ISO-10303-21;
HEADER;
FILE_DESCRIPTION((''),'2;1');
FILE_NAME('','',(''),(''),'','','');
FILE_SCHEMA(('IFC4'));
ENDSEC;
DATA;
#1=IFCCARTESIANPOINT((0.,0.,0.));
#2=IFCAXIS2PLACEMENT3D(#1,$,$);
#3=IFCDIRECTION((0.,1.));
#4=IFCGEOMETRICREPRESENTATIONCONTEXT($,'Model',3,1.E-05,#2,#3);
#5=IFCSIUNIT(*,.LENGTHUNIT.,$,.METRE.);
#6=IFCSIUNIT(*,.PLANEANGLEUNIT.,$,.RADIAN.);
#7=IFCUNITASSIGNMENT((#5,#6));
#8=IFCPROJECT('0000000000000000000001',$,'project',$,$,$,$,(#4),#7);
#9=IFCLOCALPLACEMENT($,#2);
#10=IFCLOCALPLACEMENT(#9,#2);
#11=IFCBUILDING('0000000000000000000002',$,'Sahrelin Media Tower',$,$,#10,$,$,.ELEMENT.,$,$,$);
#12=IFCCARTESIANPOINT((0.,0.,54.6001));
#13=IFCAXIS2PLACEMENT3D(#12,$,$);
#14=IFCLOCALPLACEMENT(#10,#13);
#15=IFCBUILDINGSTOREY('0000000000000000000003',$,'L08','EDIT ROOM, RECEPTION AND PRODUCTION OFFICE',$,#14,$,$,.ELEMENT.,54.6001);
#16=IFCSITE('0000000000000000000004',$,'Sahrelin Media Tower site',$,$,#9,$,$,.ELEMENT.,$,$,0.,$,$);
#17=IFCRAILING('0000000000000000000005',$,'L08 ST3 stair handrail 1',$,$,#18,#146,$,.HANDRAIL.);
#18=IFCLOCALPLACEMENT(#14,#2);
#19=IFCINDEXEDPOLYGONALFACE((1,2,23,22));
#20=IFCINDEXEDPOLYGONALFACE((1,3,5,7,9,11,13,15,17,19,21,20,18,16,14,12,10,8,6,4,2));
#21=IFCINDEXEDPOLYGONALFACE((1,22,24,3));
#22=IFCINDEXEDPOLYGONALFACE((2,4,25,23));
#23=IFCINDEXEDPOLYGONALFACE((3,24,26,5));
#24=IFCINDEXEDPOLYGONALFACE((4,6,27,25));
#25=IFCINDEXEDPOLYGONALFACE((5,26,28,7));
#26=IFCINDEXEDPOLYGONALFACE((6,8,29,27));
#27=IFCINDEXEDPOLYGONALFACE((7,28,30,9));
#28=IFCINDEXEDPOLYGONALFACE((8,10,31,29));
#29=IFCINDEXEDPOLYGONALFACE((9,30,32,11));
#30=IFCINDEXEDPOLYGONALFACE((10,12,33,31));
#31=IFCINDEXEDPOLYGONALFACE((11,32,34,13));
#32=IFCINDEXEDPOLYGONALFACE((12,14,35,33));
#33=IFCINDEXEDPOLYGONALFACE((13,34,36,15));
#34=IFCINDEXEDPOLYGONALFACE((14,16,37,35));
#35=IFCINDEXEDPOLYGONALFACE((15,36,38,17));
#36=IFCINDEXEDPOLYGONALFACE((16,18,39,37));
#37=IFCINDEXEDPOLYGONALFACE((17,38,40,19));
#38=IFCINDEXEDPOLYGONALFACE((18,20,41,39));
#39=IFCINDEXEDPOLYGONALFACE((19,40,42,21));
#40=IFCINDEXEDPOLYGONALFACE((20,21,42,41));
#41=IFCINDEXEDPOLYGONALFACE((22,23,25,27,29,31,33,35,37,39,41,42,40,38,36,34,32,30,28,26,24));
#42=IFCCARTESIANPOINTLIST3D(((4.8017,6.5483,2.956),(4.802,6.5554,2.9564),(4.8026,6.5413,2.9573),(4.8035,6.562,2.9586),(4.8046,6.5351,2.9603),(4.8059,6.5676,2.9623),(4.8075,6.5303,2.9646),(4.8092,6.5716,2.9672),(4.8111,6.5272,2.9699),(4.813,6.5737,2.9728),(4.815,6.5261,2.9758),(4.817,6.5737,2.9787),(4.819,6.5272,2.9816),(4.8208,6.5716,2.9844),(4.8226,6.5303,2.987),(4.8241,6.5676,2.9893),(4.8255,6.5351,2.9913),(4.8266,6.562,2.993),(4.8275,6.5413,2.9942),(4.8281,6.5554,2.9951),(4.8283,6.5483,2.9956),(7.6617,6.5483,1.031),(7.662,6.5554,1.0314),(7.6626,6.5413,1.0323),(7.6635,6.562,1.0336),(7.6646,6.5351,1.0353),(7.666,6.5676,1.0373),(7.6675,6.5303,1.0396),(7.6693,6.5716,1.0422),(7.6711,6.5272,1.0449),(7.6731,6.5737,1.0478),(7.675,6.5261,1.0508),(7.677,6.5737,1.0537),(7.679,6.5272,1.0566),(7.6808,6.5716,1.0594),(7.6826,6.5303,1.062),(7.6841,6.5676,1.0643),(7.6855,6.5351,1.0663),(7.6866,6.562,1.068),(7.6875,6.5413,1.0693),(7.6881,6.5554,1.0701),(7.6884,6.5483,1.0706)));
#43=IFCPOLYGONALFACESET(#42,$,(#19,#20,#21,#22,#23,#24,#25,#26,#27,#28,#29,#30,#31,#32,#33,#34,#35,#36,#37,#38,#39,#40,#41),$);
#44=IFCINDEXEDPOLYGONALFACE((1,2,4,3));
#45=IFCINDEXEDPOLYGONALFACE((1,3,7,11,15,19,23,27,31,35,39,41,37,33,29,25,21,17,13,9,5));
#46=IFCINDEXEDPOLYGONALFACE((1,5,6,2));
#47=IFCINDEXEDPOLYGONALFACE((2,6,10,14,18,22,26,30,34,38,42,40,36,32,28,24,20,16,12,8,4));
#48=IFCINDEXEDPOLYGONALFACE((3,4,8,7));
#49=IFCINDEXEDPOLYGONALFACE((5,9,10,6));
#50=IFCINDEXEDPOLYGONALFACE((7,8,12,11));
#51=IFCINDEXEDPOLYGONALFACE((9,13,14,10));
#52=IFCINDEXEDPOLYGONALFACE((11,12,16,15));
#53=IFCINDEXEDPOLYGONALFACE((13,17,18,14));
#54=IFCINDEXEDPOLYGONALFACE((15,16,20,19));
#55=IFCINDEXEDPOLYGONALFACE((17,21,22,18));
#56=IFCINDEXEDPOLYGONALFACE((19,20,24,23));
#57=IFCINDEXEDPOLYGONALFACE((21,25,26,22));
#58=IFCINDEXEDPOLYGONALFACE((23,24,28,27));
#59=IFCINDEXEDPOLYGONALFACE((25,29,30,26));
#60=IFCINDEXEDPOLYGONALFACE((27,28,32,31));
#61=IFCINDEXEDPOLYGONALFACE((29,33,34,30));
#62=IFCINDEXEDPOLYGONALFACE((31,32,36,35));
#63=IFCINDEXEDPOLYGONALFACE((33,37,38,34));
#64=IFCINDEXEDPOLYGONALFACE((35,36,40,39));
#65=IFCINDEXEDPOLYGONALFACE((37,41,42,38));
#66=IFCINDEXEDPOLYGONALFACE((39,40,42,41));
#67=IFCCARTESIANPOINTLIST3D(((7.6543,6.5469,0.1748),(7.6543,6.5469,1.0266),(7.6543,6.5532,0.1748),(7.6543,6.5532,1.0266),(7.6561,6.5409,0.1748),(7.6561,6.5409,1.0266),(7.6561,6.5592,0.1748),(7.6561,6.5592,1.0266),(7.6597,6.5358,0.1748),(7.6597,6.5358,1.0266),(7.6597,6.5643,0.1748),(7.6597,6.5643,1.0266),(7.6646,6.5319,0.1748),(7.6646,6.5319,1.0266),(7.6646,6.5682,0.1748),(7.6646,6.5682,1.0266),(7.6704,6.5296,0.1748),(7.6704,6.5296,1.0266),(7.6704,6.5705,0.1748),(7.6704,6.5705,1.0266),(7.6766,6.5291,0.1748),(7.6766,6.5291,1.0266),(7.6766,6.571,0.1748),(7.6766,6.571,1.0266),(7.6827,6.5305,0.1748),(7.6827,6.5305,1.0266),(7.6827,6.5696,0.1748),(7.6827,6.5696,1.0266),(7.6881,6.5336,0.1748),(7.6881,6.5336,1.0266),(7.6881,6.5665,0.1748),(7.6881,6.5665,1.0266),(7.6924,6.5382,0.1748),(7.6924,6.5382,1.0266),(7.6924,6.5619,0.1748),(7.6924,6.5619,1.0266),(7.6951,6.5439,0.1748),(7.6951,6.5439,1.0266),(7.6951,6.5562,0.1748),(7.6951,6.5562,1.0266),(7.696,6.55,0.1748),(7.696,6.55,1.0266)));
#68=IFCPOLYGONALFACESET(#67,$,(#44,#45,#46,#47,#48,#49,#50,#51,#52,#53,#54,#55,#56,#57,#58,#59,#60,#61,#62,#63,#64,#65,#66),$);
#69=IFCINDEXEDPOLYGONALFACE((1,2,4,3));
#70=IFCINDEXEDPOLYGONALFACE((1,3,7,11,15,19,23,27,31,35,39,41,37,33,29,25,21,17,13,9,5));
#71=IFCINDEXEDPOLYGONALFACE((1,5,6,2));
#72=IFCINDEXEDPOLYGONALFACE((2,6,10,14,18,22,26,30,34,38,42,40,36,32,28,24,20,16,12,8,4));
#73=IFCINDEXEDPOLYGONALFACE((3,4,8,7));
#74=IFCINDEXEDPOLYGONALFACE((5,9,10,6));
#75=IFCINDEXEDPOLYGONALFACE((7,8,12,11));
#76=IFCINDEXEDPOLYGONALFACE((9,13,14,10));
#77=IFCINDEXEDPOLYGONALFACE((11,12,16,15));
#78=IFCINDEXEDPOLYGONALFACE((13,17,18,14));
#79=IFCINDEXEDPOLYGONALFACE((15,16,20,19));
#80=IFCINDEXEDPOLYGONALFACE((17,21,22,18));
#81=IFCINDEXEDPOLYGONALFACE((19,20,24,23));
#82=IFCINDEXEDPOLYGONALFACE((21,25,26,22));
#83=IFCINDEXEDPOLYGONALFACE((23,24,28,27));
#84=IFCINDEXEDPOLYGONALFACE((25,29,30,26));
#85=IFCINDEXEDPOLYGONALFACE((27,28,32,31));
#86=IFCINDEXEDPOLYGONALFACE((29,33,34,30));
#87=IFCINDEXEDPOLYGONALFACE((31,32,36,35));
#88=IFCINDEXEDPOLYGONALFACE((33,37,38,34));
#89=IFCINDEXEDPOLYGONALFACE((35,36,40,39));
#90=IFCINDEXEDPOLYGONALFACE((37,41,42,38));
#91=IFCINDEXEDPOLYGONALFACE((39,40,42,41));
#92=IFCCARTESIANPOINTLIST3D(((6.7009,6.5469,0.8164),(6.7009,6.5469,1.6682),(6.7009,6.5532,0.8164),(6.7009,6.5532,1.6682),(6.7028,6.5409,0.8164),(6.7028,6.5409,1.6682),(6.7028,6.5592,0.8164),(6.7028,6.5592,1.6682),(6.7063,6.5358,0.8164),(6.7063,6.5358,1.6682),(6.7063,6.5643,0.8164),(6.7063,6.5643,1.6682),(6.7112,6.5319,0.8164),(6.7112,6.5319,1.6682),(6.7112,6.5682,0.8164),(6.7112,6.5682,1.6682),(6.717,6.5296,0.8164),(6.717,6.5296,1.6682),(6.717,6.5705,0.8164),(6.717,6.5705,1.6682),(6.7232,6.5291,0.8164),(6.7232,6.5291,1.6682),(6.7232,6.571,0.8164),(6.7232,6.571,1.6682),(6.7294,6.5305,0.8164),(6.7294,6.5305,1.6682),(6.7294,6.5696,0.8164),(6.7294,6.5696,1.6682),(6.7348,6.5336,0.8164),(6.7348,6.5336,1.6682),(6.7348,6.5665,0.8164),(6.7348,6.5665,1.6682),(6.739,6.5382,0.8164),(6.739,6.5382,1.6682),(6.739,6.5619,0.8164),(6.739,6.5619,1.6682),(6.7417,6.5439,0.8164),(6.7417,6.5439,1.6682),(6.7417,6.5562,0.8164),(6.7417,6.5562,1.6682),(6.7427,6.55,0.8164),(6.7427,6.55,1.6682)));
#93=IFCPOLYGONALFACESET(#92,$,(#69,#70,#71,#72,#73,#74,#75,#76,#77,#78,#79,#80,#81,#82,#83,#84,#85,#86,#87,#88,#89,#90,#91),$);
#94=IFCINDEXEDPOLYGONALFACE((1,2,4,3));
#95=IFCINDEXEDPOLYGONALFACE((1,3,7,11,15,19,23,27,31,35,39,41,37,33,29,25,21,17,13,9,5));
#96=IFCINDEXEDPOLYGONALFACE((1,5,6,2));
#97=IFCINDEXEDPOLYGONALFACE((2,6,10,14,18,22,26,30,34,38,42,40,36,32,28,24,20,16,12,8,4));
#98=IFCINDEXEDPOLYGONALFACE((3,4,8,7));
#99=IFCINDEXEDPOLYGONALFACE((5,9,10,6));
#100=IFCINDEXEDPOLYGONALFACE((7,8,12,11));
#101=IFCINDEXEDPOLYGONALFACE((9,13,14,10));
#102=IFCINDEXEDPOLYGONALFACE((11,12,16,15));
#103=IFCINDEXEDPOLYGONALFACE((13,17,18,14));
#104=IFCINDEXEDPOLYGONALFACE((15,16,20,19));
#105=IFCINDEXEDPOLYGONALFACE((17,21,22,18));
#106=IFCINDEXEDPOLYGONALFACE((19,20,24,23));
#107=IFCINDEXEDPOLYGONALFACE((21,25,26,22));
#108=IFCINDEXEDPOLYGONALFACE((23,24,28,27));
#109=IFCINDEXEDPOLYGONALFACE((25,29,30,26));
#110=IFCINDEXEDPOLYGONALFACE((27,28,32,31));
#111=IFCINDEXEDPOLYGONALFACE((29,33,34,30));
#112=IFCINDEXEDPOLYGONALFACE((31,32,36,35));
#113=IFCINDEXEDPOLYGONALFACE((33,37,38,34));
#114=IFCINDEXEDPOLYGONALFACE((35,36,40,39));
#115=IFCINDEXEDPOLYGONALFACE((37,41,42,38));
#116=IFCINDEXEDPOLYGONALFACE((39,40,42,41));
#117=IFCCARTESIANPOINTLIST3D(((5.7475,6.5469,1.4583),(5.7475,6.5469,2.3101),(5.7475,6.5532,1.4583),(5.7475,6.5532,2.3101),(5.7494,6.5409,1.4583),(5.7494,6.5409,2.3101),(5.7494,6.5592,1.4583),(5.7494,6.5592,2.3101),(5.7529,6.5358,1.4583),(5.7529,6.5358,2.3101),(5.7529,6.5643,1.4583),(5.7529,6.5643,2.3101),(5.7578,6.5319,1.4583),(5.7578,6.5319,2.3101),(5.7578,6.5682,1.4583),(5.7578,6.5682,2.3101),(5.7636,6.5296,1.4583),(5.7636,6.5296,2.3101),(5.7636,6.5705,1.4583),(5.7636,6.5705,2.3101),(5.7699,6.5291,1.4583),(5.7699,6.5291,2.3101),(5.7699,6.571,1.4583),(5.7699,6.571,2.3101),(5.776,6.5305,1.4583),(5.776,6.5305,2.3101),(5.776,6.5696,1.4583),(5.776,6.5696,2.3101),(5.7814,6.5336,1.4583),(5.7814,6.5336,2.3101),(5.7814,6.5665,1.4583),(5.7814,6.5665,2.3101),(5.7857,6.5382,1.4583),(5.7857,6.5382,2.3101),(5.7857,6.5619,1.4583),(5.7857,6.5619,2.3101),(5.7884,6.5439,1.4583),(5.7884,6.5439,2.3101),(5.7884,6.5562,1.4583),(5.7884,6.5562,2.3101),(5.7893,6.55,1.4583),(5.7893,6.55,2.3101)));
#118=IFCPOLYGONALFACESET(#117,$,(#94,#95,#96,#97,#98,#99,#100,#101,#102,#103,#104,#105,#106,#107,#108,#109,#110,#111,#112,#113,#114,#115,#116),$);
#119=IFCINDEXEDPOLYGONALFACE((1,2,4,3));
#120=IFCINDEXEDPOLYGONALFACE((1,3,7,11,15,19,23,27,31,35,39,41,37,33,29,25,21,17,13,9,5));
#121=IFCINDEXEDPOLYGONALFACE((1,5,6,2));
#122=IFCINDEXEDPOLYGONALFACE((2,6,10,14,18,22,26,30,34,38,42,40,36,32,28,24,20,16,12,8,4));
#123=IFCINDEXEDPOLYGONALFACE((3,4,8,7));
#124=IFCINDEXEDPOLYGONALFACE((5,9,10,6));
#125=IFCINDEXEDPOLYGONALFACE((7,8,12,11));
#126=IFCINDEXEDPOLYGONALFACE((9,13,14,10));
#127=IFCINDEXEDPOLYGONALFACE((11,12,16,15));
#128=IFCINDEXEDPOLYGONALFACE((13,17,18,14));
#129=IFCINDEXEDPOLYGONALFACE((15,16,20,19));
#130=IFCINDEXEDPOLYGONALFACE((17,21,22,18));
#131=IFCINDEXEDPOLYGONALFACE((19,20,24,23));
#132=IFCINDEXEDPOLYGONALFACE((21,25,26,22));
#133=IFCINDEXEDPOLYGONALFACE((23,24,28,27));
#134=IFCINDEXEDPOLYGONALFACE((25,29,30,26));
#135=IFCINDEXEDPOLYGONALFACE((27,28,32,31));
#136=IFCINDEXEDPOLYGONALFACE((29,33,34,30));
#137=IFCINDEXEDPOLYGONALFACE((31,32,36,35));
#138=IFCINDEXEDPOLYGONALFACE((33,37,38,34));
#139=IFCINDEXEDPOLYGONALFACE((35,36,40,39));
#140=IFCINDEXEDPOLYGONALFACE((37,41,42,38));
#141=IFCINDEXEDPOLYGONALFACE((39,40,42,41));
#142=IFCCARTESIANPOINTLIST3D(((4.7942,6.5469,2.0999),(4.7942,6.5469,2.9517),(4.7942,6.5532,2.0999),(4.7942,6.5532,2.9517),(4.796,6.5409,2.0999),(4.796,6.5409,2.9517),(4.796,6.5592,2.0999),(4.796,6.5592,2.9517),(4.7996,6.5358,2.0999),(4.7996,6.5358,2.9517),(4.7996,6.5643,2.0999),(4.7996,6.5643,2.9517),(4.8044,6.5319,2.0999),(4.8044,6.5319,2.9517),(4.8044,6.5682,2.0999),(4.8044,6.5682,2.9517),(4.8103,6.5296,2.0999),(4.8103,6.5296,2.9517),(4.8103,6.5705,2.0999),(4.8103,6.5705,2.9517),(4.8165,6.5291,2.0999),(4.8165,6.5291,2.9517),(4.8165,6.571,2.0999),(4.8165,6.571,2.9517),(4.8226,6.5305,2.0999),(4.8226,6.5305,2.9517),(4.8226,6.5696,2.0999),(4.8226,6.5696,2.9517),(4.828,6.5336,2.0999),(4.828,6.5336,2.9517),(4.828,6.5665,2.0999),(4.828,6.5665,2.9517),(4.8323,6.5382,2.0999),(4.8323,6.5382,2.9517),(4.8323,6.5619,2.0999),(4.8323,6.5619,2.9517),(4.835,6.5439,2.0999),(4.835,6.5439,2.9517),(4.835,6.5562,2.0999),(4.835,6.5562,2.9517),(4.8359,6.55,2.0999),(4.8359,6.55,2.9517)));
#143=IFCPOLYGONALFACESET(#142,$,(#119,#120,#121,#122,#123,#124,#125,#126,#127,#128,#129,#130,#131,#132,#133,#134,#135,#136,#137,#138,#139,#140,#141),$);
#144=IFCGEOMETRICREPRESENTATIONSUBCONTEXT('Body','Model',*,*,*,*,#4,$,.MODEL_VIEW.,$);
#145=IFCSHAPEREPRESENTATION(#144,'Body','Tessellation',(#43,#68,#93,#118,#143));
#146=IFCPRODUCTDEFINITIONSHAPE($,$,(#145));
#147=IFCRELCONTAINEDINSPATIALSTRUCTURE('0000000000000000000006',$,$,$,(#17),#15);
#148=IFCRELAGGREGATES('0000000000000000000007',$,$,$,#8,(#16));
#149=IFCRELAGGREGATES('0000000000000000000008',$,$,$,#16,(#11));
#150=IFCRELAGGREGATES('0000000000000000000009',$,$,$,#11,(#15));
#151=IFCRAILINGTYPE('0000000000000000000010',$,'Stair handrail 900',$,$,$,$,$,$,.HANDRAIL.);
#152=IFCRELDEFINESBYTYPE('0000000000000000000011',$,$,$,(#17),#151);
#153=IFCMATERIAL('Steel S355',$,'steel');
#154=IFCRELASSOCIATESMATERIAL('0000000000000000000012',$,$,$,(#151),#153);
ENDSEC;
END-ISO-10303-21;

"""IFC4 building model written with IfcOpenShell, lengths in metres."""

from ifc_helpers import new_model, si_unit, direction, frame, origin, origin_2d, place, context, subcontext, project, spatial, circle, extrude, material, type_object, element, save


model = new_model("IFC4")

# Units and contexts
model_context = context("Model", 3, precision=1e-05, world=origin(), true_north=direction((0.0, 1.0)))
body_context = subcontext(model_context, "Body", "Model", "MODEL_VIEW")
ifc_project = project(units=[si_unit("LENGTHUNIT", "METRE"), si_unit("PLANEANGLEUNIT", "RADIAN")], contexts=[model_context])

# Site, building, storey
site_placement = place(None, origin())
site = spatial("IfcSite", under=ifc_project, at=site_placement, Name="Sahrelin Media Tower site", CompositionType="ELEMENT", RefElevation=0.0)
building_placement = place(site_placement, origin())
building = spatial("IfcBuilding", under=site, at=building_placement, Name="Sahrelin Media Tower", CompositionType="ELEMENT")
storey_placement = place(building_placement, frame((0.0, 0.0, 54.6001)))
storey = spatial("IfcBuildingStorey", under=building, at=storey_placement, Name="L08", Description="EDIT ROOM, RECEPTION AND PRODUCTION OFFICE", CompositionType="ELEMENT", Elevation=54.6001)

# Shared definitions
ifc_material_1 = material(Name="Steel S355", Category="steel")

# Railing
railing_type_1 = type_object("IfcRailingType", Name="Stair handrail 900", PredefinedType="HANDRAIL", material=ifc_material_1)
railing_1_placement = place(storey_placement, frame((7.675, 6.55, 0.1748)))
element("IfcRailing", 1, at=railing_1_placement, inside=storey, type_object=railing_type_1, Name="L08 ST3 stair handrail 1", PredefinedType="HANDRAIL", context=body_context, shape_type="SweptSolid", body=[
    extrude(circle(Radius=0.0239, at=origin_2d()), frame((0.0, 0.0, 0.876), z_axis=(-0.829591, 0.0, 0.558372), x_axis=(0.0, -1.0, 0.0)), (0.0, 0.0, 1.0), 3.4475),
    extrude(circle(Radius=0.021, at=origin_2d()), origin(), (0.0, 0.0, 1.0), 0.8518),
    extrude(circle(Radius=0.021, at=origin_2d()), frame((-0.9534, 0.0, 0.6416)), (0.0, 0.0, 1.0), 0.8518),
    extrude(circle(Radius=0.021, at=origin_2d()), frame((-1.9067, 0.0, 1.2834)), (0.0, 0.0, 1.0), 0.8518),
    extrude(circle(Radius=0.021, at=origin_2d()), frame((-2.8601, 0.0, 1.925)), (0.0, 0.0, 1.0), 0.8518),
])

save(model, "model.ifc")
